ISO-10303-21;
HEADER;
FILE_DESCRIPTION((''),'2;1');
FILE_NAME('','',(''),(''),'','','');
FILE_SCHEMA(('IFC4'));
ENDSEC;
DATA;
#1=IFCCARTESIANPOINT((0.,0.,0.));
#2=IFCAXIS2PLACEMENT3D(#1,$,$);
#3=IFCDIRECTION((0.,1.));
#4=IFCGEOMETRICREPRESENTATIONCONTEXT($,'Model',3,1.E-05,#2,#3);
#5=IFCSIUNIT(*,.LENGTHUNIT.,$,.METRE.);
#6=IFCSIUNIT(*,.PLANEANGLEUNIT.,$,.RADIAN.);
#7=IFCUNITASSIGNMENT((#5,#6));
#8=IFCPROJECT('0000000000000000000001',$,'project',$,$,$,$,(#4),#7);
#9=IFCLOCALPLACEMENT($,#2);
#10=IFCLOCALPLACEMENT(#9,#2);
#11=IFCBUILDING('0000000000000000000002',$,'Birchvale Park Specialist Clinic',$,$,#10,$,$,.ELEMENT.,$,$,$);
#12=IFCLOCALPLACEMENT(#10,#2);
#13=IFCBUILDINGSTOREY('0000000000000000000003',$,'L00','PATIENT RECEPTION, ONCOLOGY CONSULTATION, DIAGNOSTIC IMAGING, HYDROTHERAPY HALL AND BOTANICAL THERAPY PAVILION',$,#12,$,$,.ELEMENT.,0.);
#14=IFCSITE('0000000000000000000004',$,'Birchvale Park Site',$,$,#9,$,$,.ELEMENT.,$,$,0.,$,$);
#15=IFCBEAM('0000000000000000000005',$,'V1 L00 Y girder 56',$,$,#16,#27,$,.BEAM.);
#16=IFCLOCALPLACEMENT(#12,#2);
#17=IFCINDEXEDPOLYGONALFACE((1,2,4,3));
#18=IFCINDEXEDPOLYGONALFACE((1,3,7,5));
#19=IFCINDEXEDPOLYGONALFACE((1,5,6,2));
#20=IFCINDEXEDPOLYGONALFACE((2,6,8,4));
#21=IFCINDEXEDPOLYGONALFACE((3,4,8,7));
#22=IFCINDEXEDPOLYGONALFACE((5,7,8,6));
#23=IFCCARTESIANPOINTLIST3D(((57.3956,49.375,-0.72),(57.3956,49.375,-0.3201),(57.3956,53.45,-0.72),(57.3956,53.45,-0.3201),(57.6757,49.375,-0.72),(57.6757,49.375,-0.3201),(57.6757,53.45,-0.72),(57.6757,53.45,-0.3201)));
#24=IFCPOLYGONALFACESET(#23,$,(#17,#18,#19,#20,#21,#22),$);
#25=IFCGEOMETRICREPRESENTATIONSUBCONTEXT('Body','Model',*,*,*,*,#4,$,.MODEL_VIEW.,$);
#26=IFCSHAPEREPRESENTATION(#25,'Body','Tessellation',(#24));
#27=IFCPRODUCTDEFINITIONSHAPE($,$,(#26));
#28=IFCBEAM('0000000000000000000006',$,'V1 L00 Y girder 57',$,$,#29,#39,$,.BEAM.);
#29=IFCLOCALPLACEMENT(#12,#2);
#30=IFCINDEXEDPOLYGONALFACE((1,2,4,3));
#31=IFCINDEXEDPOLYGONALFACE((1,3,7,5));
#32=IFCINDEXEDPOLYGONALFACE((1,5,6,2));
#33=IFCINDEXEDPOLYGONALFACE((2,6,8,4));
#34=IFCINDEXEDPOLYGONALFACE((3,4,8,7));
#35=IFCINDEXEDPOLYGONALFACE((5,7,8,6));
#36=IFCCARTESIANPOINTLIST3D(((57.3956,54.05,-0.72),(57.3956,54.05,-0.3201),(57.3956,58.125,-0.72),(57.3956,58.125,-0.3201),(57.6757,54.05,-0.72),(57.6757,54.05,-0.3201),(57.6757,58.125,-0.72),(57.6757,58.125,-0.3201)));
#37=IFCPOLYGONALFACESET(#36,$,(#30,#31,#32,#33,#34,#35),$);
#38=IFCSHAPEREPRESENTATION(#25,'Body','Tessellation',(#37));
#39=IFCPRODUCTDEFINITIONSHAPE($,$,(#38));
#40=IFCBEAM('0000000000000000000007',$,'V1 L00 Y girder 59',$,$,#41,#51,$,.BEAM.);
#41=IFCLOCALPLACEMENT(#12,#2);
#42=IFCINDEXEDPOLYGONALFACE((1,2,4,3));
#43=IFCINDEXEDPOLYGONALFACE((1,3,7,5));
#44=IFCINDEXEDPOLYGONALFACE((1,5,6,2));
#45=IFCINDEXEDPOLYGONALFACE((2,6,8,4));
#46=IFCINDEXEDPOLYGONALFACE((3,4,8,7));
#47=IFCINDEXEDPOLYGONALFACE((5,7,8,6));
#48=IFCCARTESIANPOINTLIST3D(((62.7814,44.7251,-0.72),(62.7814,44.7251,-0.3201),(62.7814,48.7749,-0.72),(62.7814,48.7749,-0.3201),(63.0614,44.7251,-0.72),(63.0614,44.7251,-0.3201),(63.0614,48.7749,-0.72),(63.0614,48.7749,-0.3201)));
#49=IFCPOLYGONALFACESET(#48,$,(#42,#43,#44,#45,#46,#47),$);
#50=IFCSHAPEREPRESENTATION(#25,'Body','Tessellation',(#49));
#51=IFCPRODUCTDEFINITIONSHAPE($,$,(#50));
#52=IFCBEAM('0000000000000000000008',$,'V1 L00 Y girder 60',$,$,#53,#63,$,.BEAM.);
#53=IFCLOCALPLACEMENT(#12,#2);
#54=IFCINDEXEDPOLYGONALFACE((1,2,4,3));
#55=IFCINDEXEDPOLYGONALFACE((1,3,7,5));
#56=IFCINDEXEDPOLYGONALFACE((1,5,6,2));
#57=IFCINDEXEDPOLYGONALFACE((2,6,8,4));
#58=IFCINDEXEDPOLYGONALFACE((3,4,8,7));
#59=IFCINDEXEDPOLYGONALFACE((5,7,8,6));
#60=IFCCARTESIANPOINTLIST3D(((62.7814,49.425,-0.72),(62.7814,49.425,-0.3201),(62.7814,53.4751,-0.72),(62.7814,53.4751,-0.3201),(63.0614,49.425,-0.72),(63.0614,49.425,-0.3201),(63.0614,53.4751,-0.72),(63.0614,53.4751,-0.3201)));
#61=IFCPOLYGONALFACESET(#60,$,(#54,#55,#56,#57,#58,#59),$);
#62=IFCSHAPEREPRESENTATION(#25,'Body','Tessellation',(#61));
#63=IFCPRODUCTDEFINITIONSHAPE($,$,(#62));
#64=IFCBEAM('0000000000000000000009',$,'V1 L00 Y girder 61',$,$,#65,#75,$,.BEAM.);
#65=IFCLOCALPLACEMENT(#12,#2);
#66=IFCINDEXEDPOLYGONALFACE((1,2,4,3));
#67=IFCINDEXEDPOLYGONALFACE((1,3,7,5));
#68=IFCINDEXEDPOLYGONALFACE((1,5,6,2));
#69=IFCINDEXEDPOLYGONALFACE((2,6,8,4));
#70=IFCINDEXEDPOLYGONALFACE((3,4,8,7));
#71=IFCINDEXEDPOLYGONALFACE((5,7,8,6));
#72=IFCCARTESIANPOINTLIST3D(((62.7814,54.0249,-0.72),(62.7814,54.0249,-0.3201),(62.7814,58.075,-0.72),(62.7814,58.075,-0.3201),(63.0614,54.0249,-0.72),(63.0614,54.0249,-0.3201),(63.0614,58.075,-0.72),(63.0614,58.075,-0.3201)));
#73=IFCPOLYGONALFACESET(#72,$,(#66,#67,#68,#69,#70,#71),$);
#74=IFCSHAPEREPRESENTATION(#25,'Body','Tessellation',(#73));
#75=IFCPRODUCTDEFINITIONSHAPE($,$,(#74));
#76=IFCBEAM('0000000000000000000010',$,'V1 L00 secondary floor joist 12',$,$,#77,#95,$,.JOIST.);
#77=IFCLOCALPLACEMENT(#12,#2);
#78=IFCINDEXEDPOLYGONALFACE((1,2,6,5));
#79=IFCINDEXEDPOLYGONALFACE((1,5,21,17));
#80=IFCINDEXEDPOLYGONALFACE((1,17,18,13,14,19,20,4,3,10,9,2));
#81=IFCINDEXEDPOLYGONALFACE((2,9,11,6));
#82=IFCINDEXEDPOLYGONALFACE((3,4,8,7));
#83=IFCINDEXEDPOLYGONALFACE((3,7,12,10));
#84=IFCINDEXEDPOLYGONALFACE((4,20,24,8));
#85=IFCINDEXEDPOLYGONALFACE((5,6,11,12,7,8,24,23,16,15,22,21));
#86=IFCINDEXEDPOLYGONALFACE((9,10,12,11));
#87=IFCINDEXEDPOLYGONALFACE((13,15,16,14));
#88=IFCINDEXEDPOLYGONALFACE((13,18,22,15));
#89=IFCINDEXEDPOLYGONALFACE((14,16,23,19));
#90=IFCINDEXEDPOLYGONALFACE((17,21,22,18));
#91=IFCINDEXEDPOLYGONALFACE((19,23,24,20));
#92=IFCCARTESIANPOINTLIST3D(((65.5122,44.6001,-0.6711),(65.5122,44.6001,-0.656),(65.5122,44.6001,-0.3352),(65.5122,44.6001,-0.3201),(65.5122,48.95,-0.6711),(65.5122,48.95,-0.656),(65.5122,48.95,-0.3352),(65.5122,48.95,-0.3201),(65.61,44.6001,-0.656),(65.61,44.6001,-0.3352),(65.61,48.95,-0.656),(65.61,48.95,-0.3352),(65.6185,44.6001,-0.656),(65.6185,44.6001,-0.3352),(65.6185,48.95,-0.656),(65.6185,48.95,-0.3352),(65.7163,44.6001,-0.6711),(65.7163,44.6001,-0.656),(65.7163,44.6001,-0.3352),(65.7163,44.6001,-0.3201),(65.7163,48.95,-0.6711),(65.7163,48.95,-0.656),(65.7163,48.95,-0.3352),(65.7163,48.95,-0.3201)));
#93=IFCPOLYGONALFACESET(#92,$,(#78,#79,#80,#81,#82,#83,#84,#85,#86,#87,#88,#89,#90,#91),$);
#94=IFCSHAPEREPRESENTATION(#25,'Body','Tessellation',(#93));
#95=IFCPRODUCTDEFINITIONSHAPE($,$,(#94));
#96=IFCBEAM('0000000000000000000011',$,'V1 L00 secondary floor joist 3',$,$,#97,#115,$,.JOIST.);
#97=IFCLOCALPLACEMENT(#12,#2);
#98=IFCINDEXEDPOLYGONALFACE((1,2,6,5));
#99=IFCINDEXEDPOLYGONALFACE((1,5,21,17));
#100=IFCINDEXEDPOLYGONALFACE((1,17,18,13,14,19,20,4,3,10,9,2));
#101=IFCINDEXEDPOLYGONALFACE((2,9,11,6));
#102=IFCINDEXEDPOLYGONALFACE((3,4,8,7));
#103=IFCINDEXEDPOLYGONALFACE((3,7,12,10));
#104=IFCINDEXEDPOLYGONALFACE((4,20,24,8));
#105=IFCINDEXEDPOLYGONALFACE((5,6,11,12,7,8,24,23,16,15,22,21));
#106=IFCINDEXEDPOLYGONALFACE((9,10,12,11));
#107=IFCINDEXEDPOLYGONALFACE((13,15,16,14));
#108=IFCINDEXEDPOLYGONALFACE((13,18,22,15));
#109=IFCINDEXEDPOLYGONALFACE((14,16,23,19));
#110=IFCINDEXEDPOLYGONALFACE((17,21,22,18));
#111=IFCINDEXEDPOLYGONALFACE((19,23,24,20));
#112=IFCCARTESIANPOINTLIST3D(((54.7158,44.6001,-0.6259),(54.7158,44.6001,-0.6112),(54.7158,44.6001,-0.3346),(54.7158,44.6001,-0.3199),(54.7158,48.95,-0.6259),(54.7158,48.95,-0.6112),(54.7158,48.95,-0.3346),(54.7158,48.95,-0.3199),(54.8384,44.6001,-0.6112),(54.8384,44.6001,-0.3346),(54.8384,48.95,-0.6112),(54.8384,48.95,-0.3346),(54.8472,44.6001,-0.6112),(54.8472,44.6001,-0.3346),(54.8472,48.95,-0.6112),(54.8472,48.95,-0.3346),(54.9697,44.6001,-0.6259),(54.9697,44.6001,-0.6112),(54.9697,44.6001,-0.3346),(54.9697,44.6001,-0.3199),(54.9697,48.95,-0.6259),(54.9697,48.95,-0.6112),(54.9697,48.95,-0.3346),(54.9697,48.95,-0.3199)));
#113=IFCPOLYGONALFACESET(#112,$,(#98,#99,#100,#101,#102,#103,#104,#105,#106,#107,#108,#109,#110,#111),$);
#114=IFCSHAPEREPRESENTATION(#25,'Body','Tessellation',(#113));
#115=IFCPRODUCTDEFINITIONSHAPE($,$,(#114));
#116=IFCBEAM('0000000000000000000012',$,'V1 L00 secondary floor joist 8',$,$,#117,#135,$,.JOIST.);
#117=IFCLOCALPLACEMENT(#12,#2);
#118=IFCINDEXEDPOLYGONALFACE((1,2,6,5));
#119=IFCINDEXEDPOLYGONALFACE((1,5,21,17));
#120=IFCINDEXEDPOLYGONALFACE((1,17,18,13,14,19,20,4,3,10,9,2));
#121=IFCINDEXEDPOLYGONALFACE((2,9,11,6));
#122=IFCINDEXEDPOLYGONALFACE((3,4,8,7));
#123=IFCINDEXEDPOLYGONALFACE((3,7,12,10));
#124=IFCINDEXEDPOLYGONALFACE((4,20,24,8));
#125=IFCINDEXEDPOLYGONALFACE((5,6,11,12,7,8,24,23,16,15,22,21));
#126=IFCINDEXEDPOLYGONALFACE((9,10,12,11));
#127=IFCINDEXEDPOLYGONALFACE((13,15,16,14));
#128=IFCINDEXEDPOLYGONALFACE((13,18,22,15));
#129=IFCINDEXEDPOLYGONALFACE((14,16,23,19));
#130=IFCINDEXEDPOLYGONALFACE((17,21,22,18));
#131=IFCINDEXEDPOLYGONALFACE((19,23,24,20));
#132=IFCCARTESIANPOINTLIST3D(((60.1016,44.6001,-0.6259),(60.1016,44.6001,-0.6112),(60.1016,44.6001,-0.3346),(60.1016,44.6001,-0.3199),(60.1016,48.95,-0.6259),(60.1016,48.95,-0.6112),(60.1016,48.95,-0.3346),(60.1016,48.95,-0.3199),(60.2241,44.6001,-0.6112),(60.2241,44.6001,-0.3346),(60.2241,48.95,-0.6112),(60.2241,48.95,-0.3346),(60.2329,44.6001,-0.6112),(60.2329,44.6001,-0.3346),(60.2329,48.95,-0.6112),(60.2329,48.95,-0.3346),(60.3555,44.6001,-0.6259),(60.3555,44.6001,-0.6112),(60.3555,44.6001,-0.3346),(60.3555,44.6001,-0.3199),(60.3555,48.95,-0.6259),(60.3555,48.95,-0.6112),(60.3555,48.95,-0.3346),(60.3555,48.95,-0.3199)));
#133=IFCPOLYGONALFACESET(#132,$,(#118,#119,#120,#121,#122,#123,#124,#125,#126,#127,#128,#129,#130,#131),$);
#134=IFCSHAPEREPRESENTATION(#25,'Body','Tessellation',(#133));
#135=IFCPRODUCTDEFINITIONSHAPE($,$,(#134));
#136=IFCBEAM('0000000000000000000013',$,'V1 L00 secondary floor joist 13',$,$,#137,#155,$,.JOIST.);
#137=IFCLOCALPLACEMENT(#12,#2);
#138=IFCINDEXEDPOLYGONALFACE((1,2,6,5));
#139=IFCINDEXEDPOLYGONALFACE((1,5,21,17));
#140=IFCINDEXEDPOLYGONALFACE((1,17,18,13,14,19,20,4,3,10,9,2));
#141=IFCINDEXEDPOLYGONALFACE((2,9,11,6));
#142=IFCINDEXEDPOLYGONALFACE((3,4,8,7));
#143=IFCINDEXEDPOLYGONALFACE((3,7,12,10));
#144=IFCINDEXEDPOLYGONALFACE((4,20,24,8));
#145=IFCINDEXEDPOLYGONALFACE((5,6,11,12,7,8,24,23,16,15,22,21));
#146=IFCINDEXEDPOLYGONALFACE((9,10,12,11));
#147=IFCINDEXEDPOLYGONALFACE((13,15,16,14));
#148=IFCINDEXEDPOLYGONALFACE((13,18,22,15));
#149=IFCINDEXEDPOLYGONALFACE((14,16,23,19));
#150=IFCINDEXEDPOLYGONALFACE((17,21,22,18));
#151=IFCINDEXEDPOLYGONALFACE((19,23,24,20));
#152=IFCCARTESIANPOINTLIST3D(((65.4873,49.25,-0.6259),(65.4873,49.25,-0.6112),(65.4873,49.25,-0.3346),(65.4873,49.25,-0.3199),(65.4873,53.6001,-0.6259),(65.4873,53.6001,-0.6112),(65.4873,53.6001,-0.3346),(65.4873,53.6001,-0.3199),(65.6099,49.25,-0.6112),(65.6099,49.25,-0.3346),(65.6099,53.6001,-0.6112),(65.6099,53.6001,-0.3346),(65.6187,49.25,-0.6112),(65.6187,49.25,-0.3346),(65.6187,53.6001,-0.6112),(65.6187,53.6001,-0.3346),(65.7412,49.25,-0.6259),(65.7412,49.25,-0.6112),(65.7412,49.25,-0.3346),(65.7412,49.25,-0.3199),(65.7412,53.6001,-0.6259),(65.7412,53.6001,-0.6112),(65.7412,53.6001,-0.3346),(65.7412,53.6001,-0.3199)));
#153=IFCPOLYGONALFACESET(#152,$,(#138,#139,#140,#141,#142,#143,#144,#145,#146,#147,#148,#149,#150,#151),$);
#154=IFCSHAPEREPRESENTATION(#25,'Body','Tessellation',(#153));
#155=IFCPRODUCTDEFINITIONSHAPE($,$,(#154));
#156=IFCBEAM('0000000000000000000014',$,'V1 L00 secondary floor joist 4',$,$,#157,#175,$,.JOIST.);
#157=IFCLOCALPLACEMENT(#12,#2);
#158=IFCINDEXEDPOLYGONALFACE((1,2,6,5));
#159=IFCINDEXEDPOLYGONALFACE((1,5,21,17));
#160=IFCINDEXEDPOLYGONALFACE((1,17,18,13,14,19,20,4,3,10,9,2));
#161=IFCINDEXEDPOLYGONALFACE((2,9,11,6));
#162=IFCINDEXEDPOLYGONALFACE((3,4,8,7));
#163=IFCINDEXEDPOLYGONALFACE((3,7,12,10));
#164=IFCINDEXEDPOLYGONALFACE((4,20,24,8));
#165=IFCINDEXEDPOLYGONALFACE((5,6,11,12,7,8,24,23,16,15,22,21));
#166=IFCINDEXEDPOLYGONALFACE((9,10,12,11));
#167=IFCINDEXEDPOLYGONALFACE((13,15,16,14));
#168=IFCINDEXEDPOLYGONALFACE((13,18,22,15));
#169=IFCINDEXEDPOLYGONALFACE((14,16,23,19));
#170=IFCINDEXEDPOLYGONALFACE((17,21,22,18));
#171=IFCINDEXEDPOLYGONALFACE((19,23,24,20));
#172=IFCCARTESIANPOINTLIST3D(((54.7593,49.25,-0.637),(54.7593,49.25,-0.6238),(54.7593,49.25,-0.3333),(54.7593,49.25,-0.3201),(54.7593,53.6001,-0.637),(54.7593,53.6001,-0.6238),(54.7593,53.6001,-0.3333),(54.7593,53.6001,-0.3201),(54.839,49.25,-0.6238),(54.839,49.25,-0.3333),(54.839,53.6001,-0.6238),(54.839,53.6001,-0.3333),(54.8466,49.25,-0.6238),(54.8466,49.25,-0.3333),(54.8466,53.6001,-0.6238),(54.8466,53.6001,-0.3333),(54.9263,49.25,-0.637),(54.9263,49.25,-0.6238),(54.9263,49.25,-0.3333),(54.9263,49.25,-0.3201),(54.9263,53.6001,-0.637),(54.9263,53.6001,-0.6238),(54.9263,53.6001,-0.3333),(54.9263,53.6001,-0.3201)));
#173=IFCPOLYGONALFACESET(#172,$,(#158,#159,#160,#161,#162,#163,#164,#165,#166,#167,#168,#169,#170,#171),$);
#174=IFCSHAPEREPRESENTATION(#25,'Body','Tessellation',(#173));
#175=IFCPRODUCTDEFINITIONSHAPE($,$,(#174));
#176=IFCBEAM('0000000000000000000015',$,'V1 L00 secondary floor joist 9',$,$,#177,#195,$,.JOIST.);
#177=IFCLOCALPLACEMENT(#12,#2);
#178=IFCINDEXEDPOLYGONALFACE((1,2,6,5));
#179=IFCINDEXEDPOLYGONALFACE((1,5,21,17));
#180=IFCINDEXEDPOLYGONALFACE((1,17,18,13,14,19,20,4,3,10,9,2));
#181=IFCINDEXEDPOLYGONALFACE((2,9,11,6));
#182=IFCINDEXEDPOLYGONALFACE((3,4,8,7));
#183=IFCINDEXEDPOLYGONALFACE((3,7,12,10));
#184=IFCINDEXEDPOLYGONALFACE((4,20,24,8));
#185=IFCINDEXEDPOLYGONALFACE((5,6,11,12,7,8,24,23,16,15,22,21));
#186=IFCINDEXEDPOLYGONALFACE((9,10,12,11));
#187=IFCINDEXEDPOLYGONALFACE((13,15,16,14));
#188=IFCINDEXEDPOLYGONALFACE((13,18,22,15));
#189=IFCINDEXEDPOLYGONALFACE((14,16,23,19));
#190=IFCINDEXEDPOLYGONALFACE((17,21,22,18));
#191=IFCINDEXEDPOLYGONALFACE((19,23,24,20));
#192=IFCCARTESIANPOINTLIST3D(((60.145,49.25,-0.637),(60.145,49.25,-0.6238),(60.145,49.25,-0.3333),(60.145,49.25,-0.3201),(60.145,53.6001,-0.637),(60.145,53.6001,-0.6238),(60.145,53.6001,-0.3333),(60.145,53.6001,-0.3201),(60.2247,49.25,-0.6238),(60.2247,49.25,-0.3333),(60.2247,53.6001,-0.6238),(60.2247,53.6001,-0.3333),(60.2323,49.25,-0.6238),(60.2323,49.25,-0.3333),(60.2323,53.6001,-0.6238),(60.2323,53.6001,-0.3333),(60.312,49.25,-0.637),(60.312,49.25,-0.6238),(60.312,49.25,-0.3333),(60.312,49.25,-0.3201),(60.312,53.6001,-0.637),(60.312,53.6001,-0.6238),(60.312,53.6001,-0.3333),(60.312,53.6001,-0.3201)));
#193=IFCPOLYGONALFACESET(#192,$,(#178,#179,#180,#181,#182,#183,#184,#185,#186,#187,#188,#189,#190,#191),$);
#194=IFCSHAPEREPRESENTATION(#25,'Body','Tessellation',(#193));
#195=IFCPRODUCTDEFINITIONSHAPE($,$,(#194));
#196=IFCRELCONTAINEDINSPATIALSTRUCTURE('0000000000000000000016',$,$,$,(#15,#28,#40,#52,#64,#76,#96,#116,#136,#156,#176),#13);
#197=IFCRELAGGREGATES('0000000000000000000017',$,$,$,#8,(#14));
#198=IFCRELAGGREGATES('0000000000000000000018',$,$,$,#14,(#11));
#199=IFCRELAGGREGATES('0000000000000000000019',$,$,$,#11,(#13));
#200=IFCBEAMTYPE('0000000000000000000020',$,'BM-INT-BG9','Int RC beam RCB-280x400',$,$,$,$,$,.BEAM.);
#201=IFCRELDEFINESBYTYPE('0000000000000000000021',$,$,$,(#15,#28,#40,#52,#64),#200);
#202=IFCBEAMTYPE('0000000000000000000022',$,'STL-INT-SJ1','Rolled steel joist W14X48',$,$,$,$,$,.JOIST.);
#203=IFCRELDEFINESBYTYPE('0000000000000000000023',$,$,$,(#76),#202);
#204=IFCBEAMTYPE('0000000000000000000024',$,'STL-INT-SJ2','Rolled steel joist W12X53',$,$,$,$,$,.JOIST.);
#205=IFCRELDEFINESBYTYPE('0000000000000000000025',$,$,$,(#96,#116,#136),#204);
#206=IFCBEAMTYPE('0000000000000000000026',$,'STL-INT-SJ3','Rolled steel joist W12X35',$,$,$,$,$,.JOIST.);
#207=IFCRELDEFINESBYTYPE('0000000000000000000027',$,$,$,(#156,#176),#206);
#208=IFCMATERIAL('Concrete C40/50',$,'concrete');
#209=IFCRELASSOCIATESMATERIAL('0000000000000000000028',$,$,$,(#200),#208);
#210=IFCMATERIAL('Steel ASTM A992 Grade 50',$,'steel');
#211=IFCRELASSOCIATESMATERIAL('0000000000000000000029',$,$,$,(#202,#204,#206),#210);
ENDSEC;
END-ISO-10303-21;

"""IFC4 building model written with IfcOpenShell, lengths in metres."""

from ifc_helpers import new_model, si_unit, direction, frame, origin, origin_2d, place, context, subcontext, project, spatial, rectangle, i_section, extrude, material, material_profile, profile_set, type_object, element, save


model = new_model("IFC4")

# Units and contexts
model_context = context("Model", 3, precision=1e-05, world=origin(), true_north=direction((0.0, 1.0)))
body_context = subcontext(model_context, "Body", "Model", "MODEL_VIEW")
ifc_project = project(units=[si_unit("LENGTHUNIT", "METRE"), si_unit("PLANEANGLEUNIT", "RADIAN")], contexts=[model_context])

# Site, building, storey
site_placement = place(None, origin())
site = spatial("IfcSite", under=ifc_project, at=site_placement, Name="Birchvale Park Site", CompositionType="ELEMENT", RefElevation=0.0)
building_placement = place(site_placement, origin())
building = spatial("IfcBuilding", under=site, at=building_placement, Name="Birchvale Park Specialist Clinic", CompositionType="ELEMENT")
storey_placement = place(building_placement, origin())
storey = spatial("IfcBuildingStorey", under=building, at=storey_placement, Name="L00", Description="PATIENT RECEPTION, ONCOLOGY CONSULTATION, DIAGNOSTIC IMAGING, HYDROTHERAPY HALL AND BOTANICAL THERAPY PAVILION", CompositionType="ELEMENT", Elevation=0.0)

# Shared definitions
ifc_material_1 = material(Name="Concrete C40/50", Category="concrete")

# Beams
ifc_material_profile_1 = material_profile(ifc_material_1, rectangle(XDim=0.28, YDim=0.3999, at=origin_2d()), Name="RCB-280x400")
ifc_profile_set_1 = profile_set([ifc_material_profile_1], Name="Concrete C40/50")
beam_type_1 = type_object("IfcBeamType", Name="BM-INT-BG9", Description="Int RC beam RCB-280x400", PredefinedType="BEAM", material=ifc_profile_set_1)
for number, where, z_axis, x_axis, name in (
    (1, (57.5356, 49.375, -0.52), (0.0, 1.0, 0.0), (-1.0, 0.0, 0.0), "V1 L00 Y girder 56"),
    (2, (57.5356, 54.05, -0.52), (0.0, 1.0, 0.0), (-1.0, 0.0, 0.0), "V1 L00 Y girder 57"),
):
    element("IfcBeam", number, at=place(storey_placement, frame(where, z_axis=z_axis, x_axis=x_axis)), inside=storey, type_object=beam_type_1, Name=name, PredefinedType="BEAM", context=body_context, shape_type="SweptSolid", body=[
        extrude(rectangle(XDim=0.28, YDim=0.3999, at=origin_2d()), origin(), (0.0, 0.0, 1.0), 4.075),
    ])
beam_1_placement = place(storey_placement, frame((62.9214, 44.7251, -0.52), z_axis=(0.0, 1.0, 0.0), x_axis=(-1.0, 0.0, 0.0)))
element("IfcBeam", 3, at=beam_1_placement, inside=storey, type_object=beam_type_1, Name="V1 L00 Y girder 59", PredefinedType="BEAM", context=body_context, shape_type="SweptSolid", body=[
    extrude(rectangle(XDim=0.28, YDim=0.3999, at=origin_2d()), origin(), (0.0, 0.0, 1.0), 4.0498),
])
for number, where, z_axis, x_axis, name in (
    (4, (62.9214, 49.425, -0.52), (0.0, 1.0, 0.0), (-1.0, 0.0, 0.0), "V1 L00 Y girder 60"),
    (5, (62.9214, 54.0249, -0.52), (0.0, 1.0, 0.0), (-1.0, 0.0, 0.0), "V1 L00 Y girder 61"),
):
    element("IfcBeam", number, at=place(storey_placement, frame(where, z_axis=z_axis, x_axis=x_axis)), inside=storey, type_object=beam_type_1, Name=name, PredefinedType="BEAM", context=body_context, shape_type="SweptSolid", body=[
        extrude(rectangle(XDim=0.28, YDim=0.3999, at=origin_2d()), origin(), (0.0, 0.0, 1.0), 4.05),
    ])
ifc_material_2 = material(Name="Steel ASTM A992 Grade 50", Category="steel")
ifc_material_profile_2 = material_profile(ifc_material_2, i_section(OverallWidth=0.2041, OverallDepth=0.3511, WebThickness=0.0085, FlangeThickness=0.0151, at=origin_2d()), Name="W14X48")
ifc_profile_set_2 = profile_set([ifc_material_profile_2], Name="Steel ASTM A992 Grade 50")
beam_type_2 = type_object("IfcBeamType", Name="STL-INT-SJ1", Description="Rolled steel joist W14X48", PredefinedType="JOIST", material=ifc_profile_set_2)
beam_2_placement = place(storey_placement, frame((65.6143, 44.6001, -0.4956), z_axis=(0.0, 1.0, 0.0), x_axis=(-1.0, 0.0, 0.0)))
element("IfcBeam", 6, at=beam_2_placement, inside=storey, type_object=beam_type_2, Name="V1 L00 secondary floor joist 12", PredefinedType="JOIST", context=body_context, shape_type="SweptSolid", body=[
    extrude(i_section(OverallWidth=0.2041, OverallDepth=0.3511, WebThickness=0.0085, FlangeThickness=0.0151, at=origin_2d()), origin(), (0.0, 0.0, 1.0), 4.3499),
])
ifc_material_profile_3 = material_profile(ifc_material_2, i_section(OverallWidth=0.2539, OverallDepth=0.3059, WebThickness=0.0088, FlangeThickness=0.0146, at=origin_2d()), Name="W12X53")
ifc_profile_set_3 = profile_set([ifc_material_profile_3], Name="Steel ASTM A992 Grade 50")
beam_type_3 = type_object("IfcBeamType", Name="STL-INT-SJ2", Description="Rolled steel joist W12X53", PredefinedType="JOIST", material=ifc_profile_set_3)
for number, where, z_axis, x_axis, name in (
    (7, (54.8428, 44.6001, -0.4729), (0.0, 1.0, 0.0), (-1.0, 0.0, 0.0), "V1 L00 secondary floor joist 3"),
    (8, (60.2285, 44.6001, -0.4729), (0.0, 1.0, 0.0), (-1.0, 0.0, 0.0), "V1 L00 secondary floor joist 8"),
):
    element("IfcBeam", number, at=place(storey_placement, frame(where, z_axis=z_axis, x_axis=x_axis)), inside=storey, type_object=beam_type_3, Name=name, PredefinedType="JOIST", context=body_context, shape_type="SweptSolid", body=[
        extrude(i_section(OverallWidth=0.2539, OverallDepth=0.3059, WebThickness=0.0088, FlangeThickness=0.0146, at=origin_2d()), origin(), (0.0, 0.0, 1.0), 4.3499),
    ])
beam_3_placement = place(storey_placement, frame((65.6143, 49.25, -0.4729), z_axis=(0.0, 1.0, 0.0), x_axis=(-1.0, 0.0, 0.0)))
element("IfcBeam", 9, at=beam_3_placement, inside=storey, type_object=beam_type_3, Name="V1 L00 secondary floor joist 13", PredefinedType="JOIST", context=body_context, shape_type="SweptSolid", body=[
    extrude(i_section(OverallWidth=0.2539, OverallDepth=0.3059, WebThickness=0.0088, FlangeThickness=0.0146, at=origin_2d()), origin(), (0.0, 0.0, 1.0), 4.3501),
])
ifc_material_profile_4 = material_profile(ifc_material_2, i_section(OverallWidth=0.167, OverallDepth=0.3169, WebThickness=0.0076, FlangeThickness=0.0132, at=origin_2d()), Name="W12X35")
ifc_profile_set_4 = profile_set([ifc_material_profile_4], Name="Steel ASTM A992 Grade 50")
beam_type_4 = type_object("IfcBeamType", Name="STL-INT-SJ3", Description="Rolled steel joist W12X35", PredefinedType="JOIST", material=ifc_profile_set_4)
for number, where, z_axis, x_axis, name in (
    (10, (54.8428, 49.25, -0.4785), (0.0, 1.0, 0.0), (-1.0, 0.0, 0.0), "V1 L00 secondary floor joist 4"),
    (11, (60.2285, 49.25, -0.4785), (0.0, 1.0, 0.0), (-1.0, 0.0, 0.0), "V1 L00 secondary floor joist 9"),
):
    element("IfcBeam", number, at=place(storey_placement, frame(where, z_axis=z_axis, x_axis=x_axis)), inside=storey, type_object=beam_type_4, Name=name, PredefinedType="JOIST", context=body_context, shape_type="SweptSolid", body=[
        extrude(i_section(OverallWidth=0.167, OverallDepth=0.3169, WebThickness=0.0076, FlangeThickness=0.0132, at=origin_2d()), origin(), (0.0, 0.0, 1.0), 4.3501),
    ])

save(model, "model.ifc")
